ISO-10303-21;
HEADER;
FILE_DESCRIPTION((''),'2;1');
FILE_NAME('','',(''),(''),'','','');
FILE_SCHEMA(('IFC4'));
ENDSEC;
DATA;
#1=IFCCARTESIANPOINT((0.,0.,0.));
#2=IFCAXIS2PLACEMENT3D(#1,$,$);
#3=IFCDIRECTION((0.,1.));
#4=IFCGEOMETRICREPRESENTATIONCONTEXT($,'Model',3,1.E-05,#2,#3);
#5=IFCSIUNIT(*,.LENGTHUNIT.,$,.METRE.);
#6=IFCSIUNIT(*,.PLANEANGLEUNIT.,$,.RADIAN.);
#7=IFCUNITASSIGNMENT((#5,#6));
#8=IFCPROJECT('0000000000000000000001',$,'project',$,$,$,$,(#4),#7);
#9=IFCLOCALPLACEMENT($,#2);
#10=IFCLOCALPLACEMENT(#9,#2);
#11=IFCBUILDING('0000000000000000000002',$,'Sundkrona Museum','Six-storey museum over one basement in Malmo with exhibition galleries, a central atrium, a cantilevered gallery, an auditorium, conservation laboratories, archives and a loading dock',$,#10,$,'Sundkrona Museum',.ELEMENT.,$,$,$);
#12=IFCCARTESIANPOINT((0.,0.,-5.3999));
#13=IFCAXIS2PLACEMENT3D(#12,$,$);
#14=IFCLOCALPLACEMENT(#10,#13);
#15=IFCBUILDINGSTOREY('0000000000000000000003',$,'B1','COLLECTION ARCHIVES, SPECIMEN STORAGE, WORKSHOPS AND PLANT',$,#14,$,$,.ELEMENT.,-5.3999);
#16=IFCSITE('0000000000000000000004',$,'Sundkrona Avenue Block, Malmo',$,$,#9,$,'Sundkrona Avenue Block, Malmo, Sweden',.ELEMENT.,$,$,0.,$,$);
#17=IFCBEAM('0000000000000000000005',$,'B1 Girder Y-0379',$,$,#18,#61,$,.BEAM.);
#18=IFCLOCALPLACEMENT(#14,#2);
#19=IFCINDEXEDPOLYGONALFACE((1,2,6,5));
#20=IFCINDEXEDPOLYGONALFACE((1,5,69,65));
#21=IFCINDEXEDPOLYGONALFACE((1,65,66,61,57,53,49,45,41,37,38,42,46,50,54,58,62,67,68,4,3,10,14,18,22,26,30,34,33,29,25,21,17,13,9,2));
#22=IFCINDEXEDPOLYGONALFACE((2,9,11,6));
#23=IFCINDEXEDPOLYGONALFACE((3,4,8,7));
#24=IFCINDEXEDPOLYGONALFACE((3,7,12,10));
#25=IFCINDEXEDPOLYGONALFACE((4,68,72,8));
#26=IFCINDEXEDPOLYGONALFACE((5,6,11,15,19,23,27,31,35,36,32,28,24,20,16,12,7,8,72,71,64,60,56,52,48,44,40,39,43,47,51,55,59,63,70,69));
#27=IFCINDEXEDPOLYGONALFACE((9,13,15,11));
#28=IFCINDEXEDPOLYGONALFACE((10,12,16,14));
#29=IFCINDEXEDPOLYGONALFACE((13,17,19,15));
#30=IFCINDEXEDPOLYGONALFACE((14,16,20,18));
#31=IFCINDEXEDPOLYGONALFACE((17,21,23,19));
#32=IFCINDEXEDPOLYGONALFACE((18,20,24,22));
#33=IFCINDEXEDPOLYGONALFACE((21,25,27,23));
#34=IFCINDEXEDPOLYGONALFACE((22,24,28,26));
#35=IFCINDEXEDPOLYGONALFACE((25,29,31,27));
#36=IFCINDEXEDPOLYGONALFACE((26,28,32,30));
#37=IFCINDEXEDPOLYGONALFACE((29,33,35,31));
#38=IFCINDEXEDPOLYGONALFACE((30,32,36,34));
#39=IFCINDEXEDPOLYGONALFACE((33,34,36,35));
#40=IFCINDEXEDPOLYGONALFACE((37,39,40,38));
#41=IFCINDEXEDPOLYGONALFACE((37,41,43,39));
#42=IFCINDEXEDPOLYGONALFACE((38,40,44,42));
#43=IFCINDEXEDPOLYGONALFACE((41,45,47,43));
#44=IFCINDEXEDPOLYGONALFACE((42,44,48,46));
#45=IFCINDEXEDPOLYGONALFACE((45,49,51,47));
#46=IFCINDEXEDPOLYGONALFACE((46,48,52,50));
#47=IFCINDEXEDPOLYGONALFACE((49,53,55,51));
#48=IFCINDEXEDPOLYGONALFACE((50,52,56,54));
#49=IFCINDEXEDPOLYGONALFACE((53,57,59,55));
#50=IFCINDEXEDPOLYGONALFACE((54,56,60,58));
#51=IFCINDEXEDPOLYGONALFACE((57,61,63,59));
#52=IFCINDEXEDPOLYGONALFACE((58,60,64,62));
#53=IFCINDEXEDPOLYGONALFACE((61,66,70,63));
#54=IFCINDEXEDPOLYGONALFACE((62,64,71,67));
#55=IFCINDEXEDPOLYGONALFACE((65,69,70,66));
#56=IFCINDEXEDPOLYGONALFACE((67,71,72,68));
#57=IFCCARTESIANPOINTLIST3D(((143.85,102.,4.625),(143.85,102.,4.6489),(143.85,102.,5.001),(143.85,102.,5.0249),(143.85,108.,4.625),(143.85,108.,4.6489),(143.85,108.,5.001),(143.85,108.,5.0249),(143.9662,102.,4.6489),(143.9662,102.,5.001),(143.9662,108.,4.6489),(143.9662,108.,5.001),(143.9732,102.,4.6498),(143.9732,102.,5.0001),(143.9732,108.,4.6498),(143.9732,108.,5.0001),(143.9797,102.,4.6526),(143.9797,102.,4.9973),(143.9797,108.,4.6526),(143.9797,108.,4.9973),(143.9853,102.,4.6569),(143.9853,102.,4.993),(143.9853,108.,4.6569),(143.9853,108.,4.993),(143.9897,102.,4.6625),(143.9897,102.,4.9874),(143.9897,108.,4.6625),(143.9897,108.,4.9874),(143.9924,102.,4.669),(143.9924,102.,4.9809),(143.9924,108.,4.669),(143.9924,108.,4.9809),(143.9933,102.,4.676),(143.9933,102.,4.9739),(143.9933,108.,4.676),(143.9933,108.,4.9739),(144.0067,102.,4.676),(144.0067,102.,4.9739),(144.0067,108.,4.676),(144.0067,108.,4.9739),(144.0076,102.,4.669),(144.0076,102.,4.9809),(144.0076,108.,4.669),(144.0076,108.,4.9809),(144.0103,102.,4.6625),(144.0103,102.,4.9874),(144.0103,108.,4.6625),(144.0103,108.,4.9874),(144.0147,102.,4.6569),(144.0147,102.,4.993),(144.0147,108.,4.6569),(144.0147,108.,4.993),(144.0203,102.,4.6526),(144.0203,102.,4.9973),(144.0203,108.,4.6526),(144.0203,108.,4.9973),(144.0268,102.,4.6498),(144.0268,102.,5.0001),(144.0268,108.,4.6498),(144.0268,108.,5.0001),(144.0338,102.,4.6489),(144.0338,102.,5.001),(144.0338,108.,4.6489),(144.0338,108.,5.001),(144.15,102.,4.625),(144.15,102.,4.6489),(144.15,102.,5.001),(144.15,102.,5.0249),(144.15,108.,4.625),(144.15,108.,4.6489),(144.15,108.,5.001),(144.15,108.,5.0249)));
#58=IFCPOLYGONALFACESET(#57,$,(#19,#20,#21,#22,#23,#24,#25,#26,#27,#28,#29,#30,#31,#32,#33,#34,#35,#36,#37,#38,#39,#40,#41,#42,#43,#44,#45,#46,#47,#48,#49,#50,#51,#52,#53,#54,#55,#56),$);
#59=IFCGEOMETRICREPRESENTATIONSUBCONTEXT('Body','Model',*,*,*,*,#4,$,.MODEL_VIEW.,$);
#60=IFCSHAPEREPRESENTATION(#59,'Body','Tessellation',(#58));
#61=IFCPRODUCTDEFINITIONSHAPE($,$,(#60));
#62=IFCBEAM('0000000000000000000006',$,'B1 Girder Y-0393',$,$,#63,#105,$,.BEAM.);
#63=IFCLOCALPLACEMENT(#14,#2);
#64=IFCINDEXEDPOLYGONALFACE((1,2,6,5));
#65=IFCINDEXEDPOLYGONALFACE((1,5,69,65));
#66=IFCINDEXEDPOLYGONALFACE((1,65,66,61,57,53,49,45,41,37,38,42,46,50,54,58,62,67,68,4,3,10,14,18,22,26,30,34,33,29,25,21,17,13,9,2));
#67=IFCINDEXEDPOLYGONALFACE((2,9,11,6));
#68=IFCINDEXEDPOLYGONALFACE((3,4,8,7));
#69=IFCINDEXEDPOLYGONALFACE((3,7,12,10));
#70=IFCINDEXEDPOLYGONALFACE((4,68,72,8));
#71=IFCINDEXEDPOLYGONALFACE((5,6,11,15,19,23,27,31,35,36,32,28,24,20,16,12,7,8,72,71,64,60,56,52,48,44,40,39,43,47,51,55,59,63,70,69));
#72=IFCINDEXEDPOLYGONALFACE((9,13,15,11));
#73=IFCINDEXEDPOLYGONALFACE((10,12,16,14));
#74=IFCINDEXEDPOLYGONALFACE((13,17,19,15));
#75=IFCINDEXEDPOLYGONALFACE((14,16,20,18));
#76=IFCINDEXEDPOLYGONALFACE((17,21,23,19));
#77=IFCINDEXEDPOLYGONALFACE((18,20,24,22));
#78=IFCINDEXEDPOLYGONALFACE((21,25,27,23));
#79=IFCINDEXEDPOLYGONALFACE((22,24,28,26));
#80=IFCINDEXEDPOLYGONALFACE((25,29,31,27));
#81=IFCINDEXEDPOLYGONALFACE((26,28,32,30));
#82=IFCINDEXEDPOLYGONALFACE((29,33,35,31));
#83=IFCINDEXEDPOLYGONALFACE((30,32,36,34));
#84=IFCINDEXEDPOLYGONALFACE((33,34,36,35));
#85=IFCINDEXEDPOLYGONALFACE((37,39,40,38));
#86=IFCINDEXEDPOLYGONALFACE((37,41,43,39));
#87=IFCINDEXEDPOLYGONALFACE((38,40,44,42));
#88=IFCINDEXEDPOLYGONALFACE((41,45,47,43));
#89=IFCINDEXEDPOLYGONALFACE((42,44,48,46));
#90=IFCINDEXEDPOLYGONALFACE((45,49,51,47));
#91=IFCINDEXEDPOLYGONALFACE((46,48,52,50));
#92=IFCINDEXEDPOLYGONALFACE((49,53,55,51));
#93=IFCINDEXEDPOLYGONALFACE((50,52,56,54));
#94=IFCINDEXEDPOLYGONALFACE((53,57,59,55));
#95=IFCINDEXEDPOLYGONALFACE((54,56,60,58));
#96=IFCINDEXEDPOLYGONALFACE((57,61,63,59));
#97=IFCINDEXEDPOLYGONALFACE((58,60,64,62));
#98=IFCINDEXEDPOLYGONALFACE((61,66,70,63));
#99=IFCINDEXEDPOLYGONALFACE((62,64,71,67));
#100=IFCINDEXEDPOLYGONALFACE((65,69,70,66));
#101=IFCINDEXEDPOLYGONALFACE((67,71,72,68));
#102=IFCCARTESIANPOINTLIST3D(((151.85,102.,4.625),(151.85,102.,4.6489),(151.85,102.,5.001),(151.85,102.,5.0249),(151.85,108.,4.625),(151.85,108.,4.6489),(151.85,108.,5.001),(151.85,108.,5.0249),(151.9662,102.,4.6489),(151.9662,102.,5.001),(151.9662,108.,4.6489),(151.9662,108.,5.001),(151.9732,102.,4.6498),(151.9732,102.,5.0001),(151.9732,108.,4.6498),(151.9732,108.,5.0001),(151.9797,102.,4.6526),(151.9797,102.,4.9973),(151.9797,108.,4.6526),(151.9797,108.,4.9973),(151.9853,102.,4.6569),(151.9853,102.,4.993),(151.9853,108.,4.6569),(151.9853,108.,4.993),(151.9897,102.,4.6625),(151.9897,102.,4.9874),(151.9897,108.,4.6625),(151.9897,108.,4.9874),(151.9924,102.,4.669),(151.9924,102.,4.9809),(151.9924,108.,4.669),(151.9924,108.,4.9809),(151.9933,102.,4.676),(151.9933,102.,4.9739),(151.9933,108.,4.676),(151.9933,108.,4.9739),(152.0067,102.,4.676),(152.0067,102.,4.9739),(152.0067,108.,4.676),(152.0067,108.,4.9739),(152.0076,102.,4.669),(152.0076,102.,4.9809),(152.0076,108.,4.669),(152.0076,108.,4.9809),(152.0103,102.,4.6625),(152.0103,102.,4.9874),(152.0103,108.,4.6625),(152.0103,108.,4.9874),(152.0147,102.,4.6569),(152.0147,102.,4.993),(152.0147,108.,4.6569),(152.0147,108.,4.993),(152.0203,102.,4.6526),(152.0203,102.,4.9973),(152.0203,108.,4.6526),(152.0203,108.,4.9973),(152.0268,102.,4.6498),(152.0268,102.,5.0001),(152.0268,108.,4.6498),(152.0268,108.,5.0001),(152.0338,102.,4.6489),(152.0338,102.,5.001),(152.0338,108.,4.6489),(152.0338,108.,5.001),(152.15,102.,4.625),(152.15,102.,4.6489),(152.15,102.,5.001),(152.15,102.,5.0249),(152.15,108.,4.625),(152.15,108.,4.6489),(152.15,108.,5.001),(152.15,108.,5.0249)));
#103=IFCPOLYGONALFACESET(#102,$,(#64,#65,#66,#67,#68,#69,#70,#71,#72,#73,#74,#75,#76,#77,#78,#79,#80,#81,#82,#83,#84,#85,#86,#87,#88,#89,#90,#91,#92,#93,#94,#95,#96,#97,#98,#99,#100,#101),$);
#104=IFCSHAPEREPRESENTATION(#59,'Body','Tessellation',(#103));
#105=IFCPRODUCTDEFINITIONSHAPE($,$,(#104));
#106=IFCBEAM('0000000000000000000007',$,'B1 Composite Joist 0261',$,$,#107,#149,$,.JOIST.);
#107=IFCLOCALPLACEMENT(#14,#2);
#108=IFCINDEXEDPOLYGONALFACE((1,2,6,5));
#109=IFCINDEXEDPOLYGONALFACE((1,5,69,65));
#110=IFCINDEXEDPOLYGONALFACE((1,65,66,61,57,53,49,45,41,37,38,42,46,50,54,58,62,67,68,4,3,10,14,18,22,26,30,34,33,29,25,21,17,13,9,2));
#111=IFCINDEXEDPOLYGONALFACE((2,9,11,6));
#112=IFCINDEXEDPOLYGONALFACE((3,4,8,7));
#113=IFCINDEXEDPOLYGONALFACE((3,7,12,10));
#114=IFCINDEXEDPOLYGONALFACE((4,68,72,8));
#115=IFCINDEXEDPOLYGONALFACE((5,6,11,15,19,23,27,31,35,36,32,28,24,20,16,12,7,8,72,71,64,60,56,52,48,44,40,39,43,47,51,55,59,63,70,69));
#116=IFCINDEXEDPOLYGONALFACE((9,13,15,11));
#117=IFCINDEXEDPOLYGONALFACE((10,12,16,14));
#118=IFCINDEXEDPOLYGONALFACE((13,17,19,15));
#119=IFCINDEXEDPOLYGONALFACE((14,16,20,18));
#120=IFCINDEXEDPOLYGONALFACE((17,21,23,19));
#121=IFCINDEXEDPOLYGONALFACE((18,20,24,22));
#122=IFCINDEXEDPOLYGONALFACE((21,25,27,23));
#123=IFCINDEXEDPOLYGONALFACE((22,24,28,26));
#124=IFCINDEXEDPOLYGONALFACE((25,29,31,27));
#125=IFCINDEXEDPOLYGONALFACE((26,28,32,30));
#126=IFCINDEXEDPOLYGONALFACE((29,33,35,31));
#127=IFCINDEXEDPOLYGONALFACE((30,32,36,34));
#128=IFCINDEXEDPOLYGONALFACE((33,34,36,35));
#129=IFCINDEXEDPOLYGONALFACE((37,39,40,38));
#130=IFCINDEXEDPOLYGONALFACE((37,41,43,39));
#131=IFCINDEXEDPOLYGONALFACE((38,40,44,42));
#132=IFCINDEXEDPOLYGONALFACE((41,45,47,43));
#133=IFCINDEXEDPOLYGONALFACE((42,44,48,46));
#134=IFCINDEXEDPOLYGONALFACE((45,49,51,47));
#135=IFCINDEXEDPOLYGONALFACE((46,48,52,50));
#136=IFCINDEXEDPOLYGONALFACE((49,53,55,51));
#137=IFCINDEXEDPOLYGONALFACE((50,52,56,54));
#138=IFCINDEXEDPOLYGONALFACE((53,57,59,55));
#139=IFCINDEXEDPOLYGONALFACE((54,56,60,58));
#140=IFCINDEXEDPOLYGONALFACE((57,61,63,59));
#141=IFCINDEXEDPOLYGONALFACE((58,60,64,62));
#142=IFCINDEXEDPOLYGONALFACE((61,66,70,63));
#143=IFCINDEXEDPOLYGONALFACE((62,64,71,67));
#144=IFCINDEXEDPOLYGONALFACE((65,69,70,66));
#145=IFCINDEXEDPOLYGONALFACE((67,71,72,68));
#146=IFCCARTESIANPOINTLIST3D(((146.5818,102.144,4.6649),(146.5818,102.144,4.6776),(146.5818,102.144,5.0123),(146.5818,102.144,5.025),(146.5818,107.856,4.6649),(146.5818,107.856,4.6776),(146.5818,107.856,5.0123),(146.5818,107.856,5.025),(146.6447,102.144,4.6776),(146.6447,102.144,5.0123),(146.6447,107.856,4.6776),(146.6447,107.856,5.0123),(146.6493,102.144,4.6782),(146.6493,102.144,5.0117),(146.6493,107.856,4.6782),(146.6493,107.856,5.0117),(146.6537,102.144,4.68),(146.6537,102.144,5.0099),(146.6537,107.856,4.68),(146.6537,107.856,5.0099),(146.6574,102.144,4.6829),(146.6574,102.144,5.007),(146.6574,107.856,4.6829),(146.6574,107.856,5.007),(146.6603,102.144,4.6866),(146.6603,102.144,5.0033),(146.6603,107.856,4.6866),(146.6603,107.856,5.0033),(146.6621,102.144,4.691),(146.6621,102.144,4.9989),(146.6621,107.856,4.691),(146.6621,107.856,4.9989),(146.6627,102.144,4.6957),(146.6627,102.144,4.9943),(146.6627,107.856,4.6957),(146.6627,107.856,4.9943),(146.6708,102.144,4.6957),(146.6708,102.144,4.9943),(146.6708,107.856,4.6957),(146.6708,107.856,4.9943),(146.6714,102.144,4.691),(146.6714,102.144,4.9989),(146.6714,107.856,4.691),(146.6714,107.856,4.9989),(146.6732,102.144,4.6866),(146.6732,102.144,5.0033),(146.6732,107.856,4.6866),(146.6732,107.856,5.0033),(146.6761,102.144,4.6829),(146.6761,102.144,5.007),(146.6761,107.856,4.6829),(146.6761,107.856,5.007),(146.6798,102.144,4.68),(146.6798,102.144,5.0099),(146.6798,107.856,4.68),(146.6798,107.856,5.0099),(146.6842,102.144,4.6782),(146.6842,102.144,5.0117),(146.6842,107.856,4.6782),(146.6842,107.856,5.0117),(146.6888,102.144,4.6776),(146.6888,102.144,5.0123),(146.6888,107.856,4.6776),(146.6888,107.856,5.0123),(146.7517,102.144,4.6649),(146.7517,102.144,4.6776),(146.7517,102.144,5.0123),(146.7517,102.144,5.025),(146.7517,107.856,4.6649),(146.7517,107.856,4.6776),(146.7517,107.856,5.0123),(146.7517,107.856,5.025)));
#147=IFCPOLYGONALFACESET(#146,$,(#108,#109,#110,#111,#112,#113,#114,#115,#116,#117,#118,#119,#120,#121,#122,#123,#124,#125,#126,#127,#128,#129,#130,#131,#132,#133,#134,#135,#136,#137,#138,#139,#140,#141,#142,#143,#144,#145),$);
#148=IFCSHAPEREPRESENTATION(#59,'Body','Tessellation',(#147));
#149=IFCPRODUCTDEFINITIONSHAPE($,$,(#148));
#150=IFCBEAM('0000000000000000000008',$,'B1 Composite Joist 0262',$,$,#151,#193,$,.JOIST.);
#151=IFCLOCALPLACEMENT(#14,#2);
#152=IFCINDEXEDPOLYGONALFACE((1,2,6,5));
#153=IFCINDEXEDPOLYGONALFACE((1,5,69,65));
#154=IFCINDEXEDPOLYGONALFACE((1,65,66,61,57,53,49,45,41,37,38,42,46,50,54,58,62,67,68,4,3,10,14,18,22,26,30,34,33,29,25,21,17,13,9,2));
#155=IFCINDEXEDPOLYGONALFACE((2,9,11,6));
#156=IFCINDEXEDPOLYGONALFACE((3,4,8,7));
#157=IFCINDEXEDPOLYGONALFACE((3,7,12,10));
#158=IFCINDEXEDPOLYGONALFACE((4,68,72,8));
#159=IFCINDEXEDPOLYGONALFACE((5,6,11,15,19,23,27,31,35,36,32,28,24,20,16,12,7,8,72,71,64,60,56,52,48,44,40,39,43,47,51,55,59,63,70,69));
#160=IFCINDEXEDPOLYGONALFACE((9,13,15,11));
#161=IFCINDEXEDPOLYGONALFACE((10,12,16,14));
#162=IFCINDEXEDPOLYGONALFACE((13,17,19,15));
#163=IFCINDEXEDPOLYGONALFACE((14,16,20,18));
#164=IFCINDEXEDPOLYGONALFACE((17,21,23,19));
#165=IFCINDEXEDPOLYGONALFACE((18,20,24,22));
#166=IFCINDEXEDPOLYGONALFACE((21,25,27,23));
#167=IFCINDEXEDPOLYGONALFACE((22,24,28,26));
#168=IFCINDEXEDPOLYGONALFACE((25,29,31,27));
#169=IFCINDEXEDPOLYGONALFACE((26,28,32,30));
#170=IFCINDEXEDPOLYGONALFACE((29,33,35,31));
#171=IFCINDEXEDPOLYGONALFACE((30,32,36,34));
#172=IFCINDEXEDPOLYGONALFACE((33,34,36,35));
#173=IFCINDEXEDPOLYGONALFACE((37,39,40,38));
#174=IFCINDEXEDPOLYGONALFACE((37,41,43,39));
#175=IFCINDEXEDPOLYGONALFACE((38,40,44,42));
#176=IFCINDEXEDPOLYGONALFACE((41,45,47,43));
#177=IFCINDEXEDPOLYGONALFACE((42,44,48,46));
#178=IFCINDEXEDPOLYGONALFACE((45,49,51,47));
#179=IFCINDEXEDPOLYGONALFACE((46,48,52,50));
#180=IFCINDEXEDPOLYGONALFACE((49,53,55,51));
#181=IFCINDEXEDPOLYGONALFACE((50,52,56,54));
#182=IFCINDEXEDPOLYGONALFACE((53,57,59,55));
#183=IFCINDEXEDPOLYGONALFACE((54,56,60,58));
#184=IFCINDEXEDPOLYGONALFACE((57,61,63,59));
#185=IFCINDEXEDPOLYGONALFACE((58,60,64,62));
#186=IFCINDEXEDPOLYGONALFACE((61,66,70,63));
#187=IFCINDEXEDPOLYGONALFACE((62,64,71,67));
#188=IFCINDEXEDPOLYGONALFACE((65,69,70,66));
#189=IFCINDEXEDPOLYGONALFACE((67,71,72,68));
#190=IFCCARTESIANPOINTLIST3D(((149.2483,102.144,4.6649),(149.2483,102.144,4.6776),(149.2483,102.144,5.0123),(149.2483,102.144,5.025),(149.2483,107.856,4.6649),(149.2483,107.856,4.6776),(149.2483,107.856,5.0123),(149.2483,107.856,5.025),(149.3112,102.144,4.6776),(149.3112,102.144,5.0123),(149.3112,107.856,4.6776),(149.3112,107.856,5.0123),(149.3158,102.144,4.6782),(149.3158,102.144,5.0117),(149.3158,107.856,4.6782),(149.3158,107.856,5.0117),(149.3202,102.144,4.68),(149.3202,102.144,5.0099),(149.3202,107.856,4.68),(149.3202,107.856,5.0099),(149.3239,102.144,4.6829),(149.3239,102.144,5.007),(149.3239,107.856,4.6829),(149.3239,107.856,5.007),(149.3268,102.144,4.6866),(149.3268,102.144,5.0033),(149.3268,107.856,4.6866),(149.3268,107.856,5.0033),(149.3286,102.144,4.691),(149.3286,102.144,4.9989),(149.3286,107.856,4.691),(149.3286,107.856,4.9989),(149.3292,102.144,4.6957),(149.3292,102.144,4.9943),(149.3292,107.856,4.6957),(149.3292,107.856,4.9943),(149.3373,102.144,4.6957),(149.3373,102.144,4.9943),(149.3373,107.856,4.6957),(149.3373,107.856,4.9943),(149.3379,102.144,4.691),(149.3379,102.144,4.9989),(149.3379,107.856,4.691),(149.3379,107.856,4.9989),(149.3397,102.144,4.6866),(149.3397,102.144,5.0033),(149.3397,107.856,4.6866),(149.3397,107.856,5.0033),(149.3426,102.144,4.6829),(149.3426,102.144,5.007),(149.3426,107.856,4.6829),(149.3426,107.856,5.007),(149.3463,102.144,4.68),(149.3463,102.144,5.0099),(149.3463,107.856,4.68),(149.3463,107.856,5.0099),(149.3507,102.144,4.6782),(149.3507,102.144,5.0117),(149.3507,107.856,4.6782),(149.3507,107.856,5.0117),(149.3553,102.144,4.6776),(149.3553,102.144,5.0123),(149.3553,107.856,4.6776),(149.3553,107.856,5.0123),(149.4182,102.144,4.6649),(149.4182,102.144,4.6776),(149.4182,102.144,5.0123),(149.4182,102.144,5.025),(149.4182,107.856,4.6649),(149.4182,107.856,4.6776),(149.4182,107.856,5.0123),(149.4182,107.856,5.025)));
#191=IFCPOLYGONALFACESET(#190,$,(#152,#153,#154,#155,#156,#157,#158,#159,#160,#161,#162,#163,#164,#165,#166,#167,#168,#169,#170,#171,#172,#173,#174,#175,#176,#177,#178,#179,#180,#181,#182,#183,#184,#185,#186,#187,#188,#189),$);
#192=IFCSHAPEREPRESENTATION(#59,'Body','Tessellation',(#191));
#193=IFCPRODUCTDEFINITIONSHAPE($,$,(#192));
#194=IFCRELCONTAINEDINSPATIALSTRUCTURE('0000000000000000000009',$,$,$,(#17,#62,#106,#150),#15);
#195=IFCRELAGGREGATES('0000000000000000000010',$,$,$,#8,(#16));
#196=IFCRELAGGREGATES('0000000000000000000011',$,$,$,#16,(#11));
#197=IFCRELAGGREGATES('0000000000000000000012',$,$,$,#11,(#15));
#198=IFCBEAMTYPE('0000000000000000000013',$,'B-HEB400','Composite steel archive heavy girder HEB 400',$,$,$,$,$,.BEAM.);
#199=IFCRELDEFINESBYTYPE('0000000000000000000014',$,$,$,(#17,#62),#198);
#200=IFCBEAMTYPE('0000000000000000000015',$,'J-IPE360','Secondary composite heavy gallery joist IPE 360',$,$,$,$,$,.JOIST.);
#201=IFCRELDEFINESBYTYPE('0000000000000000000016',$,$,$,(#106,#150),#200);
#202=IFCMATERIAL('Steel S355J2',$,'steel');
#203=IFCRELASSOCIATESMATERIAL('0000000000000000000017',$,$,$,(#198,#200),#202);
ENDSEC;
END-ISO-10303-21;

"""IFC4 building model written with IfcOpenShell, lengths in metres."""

from ifc_helpers import new_model, si_unit, direction, frame, origin, origin_2d, place, context, subcontext, project, spatial, i_section, extrude, material, material_profile, profile_set, type_object, element, save


model = new_model("IFC4")

# Units and contexts
model_context = context("Model", 3, precision=1e-05, world=origin(), true_north=direction((0.0, 1.0)))
body_context = subcontext(model_context, "Body", "Model", "MODEL_VIEW")
ifc_project = project(units=[si_unit("LENGTHUNIT", "METRE"), si_unit("PLANEANGLEUNIT", "RADIAN")], contexts=[model_context])

# Site, building, storey
site_placement = place(None, origin())
site = spatial("IfcSite", under=ifc_project, at=site_placement, Name="Sundkrona Avenue Block, Malmo", LongName="Sundkrona Avenue Block, Malmo, Sweden", CompositionType="ELEMENT", RefElevation=0.0)
building_placement = place(site_placement, origin())
building = spatial("IfcBuilding", under=site, at=building_placement, Name="Sundkrona Museum", Description="Six-storey museum over one basement in Malmo with exhibition galleries, a central atrium, a cantilevered gallery, an auditorium, conservation laboratories, archives and a loading dock", LongName="Sundkrona Museum", CompositionType="ELEMENT")
storey_placement = place(building_placement, frame((0.0, 0.0, -5.3999)))
storey = spatial("IfcBuildingStorey", under=building, at=storey_placement, Name="B1", Description="COLLECTION ARCHIVES, SPECIMEN STORAGE, WORKSHOPS AND PLANT", CompositionType="ELEMENT", Elevation=-5.3999)

# Beams
ifc_material_1 = material(Name="Steel S355J2", Category="steel")
ifc_material_profile_1 = material_profile(ifc_material_1, i_section(OverallWidth=0.3, OverallDepth=0.3999, WebThickness=0.0134, FlangeThickness=0.0239, FilletRadius=0.0271, at=origin_2d()), Name="HEB 400")
ifc_profile_set_1 = profile_set([ifc_material_profile_1], Name="Steel S355J2")
beam_type_1 = type_object("IfcBeamType", Name="B-HEB400", Description="Composite steel archive heavy girder HEB 400", PredefinedType="BEAM", material=ifc_profile_set_1)
for number, where, z_axis, x_axis, name in (
    (1, (144.0, 102.0, 4.825), (0.0, 1.0, 0.0), (-1.0, 0.0, 0.0), "B1 Girder Y-0379"),
    (2, (152.0, 102.0, 4.825), (0.0, 1.0, 0.0), (-1.0, 0.0, 0.0), "B1 Girder Y-0393"),
):
    element("IfcBeam", number, at=place(storey_placement, frame(where, z_axis=z_axis, x_axis=x_axis)), inside=storey, type_object=beam_type_1, Name=name, PredefinedType="BEAM", context=body_context, shape_type="SweptSolid", body=[
        extrude(i_section(OverallWidth=0.3, OverallDepth=0.3999, WebThickness=0.0134, FlangeThickness=0.0239, FilletRadius=0.0271, at=origin_2d()), origin(), (0.0, 0.0, 1.0), 6.0),
    ])
ifc_material_profile_2 = material_profile(ifc_material_1, i_section(OverallWidth=0.1699, OverallDepth=0.3601, WebThickness=0.0081, FlangeThickness=0.0127, FilletRadius=0.0181, at=origin_2d()), Name="IPE 360")
ifc_profile_set_2 = profile_set([ifc_material_profile_2], Name="Steel S355J2")
beam_type_2 = type_object("IfcBeamType", Name="J-IPE360", Description="Secondary composite heavy gallery joist IPE 360", PredefinedType="JOIST", material=ifc_profile_set_2)
for number, where, z_axis, x_axis, name in (
    (3, (146.6667, 102.144, 4.845), (0.0, 1.0, 0.0), (-1.0, 0.0, 0.0), "B1 Composite Joist 0261"),
    (4, (149.3333, 102.144, 4.845), (0.0, 1.0, 0.0), (-1.0, 0.0, 0.0), "B1 Composite Joist 0262"),
):
    element("IfcBeam", number, at=place(storey_placement, frame(where, z_axis=z_axis, x_axis=x_axis)), inside=storey, type_object=beam_type_2, Name=name, PredefinedType="JOIST", context=body_context, shape_type="SweptSolid", body=[
        extrude(i_section(OverallWidth=0.1699, OverallDepth=0.3601, WebThickness=0.0081, FlangeThickness=0.0127, FilletRadius=0.0181, at=origin_2d()), origin(), (0.0, 0.0, 1.0), 5.7119),
    ])

save(model, "model.ifc")
